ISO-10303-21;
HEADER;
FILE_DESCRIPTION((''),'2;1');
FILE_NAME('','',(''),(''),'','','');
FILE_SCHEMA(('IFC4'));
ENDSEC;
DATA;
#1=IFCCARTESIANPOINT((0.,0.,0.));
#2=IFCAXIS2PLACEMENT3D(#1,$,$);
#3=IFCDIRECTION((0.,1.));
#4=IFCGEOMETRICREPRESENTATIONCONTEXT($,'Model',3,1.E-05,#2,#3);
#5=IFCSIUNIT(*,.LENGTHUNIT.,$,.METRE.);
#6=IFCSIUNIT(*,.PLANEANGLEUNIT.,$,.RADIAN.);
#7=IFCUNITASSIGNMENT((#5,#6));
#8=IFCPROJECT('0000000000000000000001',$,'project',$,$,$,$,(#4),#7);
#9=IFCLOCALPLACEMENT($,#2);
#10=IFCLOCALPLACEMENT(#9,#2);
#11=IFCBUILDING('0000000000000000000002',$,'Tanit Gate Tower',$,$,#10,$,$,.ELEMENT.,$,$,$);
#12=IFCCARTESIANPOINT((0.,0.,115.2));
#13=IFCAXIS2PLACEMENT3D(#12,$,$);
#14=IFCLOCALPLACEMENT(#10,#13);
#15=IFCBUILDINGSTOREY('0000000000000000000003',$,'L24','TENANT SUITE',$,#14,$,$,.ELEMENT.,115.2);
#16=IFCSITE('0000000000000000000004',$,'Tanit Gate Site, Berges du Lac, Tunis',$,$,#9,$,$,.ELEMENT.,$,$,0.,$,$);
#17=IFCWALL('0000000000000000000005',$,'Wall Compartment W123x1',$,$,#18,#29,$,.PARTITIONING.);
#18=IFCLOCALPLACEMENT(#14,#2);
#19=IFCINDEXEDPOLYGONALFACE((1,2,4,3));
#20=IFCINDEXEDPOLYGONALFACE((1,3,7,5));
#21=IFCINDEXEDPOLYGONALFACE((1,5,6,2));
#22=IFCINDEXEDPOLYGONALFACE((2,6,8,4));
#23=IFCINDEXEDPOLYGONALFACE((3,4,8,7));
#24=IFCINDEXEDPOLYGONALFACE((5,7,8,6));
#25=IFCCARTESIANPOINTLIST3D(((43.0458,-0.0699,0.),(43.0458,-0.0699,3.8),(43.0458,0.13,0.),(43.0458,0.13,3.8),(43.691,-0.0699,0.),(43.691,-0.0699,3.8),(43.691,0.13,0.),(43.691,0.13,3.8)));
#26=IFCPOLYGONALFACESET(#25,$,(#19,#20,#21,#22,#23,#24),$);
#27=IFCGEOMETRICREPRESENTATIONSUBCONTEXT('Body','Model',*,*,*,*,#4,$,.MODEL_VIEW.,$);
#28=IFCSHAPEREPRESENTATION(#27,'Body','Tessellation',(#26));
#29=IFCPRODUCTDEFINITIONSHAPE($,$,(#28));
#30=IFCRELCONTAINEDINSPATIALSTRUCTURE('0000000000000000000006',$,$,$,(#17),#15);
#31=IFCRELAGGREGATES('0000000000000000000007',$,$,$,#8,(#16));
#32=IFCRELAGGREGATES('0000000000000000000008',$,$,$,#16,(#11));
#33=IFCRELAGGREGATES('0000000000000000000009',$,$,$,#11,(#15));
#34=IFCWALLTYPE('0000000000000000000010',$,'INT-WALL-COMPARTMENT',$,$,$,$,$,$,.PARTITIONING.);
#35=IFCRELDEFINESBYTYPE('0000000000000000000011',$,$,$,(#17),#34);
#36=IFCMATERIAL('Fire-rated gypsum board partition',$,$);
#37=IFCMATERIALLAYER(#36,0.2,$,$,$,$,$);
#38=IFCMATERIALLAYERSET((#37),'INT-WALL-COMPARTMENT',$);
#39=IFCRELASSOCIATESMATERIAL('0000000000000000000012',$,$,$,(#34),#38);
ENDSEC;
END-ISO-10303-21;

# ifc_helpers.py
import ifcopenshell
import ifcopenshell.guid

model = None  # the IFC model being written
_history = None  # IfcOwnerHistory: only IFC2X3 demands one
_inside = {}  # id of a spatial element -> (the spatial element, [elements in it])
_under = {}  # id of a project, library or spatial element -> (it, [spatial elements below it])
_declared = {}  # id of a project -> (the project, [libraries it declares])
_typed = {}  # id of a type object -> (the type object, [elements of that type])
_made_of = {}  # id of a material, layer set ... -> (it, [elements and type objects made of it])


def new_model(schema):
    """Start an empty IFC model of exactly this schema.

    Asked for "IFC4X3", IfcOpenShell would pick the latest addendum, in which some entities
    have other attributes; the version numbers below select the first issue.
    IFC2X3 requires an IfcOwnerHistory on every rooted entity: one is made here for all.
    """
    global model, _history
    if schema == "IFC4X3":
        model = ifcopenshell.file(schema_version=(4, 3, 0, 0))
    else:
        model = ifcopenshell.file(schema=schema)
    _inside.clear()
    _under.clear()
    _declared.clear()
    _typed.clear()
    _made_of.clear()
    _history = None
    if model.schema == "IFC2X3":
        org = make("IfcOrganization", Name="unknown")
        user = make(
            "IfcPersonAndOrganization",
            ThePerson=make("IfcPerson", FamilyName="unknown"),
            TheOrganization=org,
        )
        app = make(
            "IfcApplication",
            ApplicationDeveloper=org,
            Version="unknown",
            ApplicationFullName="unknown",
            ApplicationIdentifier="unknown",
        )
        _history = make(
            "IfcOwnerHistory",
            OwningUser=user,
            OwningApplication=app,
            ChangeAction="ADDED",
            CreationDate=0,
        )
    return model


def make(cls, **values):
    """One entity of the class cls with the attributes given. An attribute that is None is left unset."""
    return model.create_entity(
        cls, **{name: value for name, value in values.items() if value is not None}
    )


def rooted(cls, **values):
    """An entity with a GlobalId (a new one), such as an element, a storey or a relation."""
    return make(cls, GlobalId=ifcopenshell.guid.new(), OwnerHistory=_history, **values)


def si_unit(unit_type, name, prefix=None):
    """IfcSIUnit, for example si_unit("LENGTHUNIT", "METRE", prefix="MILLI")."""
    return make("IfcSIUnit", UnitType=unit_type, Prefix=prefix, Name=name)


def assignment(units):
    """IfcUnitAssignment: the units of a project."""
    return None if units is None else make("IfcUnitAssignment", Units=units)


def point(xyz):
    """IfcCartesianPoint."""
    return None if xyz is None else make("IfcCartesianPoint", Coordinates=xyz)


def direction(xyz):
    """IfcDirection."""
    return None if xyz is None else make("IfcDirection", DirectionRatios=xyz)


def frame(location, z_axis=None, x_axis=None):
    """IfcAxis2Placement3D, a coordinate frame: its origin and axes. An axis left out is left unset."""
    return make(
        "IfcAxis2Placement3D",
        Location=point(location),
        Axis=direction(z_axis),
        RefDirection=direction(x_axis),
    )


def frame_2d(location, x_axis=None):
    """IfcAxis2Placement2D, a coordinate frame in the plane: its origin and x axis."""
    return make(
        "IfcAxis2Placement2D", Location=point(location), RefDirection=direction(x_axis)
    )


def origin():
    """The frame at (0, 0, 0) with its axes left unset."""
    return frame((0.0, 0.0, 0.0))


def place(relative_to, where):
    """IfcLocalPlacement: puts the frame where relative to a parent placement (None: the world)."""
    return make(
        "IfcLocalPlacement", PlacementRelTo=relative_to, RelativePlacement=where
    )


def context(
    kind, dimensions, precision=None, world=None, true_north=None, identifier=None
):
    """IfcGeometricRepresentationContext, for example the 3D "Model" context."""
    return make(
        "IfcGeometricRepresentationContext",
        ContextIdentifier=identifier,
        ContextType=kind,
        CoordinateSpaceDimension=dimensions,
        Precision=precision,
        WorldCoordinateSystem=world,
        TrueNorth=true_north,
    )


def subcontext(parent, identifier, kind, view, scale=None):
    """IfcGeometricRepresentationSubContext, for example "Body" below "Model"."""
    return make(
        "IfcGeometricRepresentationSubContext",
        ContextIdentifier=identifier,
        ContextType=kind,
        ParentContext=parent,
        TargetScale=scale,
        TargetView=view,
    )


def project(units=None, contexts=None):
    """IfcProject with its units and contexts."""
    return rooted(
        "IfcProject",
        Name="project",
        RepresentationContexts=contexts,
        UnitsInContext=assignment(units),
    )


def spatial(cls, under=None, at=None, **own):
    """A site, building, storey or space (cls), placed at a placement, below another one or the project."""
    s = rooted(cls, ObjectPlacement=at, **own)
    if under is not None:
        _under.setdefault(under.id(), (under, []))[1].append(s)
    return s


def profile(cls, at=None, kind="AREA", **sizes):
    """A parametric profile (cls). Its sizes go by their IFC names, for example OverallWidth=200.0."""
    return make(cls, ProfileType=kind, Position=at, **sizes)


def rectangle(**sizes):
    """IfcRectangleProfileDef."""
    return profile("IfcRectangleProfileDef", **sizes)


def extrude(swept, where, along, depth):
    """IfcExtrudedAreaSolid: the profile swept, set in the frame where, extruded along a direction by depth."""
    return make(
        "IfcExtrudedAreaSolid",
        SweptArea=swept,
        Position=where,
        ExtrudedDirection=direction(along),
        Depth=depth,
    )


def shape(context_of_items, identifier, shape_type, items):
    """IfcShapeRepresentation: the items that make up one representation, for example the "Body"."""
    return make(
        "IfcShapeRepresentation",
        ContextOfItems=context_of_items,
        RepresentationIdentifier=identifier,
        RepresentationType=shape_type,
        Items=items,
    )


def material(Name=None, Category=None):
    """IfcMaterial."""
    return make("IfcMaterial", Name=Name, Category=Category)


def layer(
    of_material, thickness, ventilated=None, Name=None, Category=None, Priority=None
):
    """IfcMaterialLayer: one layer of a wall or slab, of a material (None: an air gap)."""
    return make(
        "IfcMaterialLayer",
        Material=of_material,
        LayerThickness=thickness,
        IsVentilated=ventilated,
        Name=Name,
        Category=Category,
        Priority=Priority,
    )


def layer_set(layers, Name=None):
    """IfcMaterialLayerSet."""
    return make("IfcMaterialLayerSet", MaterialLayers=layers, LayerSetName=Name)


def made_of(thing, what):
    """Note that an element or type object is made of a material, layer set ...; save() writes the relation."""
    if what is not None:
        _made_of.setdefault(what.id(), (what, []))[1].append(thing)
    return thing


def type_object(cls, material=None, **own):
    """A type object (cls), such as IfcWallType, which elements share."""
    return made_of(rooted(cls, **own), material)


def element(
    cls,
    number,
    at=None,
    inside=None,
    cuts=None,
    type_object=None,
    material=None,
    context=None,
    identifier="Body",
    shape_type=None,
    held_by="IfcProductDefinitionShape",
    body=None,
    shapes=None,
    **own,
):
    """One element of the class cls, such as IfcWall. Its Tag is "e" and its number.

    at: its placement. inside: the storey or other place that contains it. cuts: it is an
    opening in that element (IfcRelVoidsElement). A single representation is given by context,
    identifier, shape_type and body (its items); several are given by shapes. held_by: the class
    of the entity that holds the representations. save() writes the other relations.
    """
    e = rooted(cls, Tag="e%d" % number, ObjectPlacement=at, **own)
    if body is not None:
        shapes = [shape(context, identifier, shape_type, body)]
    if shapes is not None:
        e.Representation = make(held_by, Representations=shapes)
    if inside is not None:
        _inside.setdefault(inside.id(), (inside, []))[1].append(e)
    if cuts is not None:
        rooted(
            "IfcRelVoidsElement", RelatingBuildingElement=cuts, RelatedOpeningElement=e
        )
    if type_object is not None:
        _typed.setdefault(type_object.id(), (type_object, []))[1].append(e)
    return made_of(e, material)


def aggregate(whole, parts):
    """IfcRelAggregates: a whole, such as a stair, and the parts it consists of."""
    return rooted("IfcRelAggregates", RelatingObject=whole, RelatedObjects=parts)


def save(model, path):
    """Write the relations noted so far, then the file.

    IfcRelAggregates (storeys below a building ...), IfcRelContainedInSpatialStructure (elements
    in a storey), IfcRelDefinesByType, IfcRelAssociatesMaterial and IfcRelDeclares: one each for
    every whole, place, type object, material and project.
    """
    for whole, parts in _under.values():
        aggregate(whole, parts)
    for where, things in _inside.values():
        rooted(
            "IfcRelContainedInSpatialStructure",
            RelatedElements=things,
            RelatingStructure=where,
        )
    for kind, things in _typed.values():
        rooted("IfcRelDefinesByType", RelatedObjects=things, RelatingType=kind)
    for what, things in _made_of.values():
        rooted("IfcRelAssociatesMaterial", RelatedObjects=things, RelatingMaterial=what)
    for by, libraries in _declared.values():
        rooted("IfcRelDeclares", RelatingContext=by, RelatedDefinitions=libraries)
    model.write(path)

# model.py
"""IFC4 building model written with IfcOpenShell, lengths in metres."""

from ifc_helpers import new_model, si_unit, direction, frame, frame_2d, origin, place, context, subcontext, project, spatial, rectangle, extrude, material, layer, layer_set, type_object, element, save


model = new_model("IFC4")

# Units and contexts
model_context = context("Model", 3, precision=1e-05, world=origin(), true_north=direction((0.0, 1.0)))
body_context = subcontext(model_context, "Body", "Model", "MODEL_VIEW")
ifc_project = project(units=[si_unit("LENGTHUNIT", "METRE"), si_unit("PLANEANGLEUNIT", "RADIAN")], contexts=[model_context])

# Site, building, storey
site_placement = place(None, origin())
site = spatial("IfcSite", under=ifc_project, at=site_placement, Name="Tanit Gate Site, Berges du Lac, Tunis", CompositionType="ELEMENT", RefElevation=0.0)
building_placement = place(site_placement, origin())
building = spatial("IfcBuilding", under=site, at=building_placement, Name="Tanit Gate Tower", CompositionType="ELEMENT")
storey_placement = place(building_placement, frame((0.0, 0.0, 115.2)))
storey = spatial("IfcBuildingStorey", under=building, at=storey_placement, Name="L24", Description="TENANT SUITE", CompositionType="ELEMENT", Elevation=115.2)

# Wall
ifc_material_1 = material(Name="Fire-rated gypsum board partition")
ifc_layer_1 = layer(ifc_material_1, 0.2)
ifc_layer_set_1 = layer_set([ifc_layer_1], Name="INT-WALL-COMPARTMENT")
wall_type_1 = type_object("IfcWallType", Name="INT-WALL-COMPARTMENT", PredefinedType="PARTITIONING", material=ifc_layer_set_1)
wall_1_placement = place(storey_placement, frame((43.0457, 0.03, 0.0), z_axis=(0.0, 0.0, 1.0), x_axis=(1.0, 0.0, 0.0)))
element("IfcWall", 1, at=wall_1_placement, inside=storey, type_object=wall_type_1, Name="Wall Compartment W123x1", PredefinedType="PARTITIONING", context=body_context, shape_type="SweptSolid", body=[
    extrude(rectangle(XDim=0.6453, YDim=0.2, at=frame_2d((0.3228, 0.0))), origin(), (0.0, 0.0, 1.0), 3.8),
])

save(model, "model.ifc")
